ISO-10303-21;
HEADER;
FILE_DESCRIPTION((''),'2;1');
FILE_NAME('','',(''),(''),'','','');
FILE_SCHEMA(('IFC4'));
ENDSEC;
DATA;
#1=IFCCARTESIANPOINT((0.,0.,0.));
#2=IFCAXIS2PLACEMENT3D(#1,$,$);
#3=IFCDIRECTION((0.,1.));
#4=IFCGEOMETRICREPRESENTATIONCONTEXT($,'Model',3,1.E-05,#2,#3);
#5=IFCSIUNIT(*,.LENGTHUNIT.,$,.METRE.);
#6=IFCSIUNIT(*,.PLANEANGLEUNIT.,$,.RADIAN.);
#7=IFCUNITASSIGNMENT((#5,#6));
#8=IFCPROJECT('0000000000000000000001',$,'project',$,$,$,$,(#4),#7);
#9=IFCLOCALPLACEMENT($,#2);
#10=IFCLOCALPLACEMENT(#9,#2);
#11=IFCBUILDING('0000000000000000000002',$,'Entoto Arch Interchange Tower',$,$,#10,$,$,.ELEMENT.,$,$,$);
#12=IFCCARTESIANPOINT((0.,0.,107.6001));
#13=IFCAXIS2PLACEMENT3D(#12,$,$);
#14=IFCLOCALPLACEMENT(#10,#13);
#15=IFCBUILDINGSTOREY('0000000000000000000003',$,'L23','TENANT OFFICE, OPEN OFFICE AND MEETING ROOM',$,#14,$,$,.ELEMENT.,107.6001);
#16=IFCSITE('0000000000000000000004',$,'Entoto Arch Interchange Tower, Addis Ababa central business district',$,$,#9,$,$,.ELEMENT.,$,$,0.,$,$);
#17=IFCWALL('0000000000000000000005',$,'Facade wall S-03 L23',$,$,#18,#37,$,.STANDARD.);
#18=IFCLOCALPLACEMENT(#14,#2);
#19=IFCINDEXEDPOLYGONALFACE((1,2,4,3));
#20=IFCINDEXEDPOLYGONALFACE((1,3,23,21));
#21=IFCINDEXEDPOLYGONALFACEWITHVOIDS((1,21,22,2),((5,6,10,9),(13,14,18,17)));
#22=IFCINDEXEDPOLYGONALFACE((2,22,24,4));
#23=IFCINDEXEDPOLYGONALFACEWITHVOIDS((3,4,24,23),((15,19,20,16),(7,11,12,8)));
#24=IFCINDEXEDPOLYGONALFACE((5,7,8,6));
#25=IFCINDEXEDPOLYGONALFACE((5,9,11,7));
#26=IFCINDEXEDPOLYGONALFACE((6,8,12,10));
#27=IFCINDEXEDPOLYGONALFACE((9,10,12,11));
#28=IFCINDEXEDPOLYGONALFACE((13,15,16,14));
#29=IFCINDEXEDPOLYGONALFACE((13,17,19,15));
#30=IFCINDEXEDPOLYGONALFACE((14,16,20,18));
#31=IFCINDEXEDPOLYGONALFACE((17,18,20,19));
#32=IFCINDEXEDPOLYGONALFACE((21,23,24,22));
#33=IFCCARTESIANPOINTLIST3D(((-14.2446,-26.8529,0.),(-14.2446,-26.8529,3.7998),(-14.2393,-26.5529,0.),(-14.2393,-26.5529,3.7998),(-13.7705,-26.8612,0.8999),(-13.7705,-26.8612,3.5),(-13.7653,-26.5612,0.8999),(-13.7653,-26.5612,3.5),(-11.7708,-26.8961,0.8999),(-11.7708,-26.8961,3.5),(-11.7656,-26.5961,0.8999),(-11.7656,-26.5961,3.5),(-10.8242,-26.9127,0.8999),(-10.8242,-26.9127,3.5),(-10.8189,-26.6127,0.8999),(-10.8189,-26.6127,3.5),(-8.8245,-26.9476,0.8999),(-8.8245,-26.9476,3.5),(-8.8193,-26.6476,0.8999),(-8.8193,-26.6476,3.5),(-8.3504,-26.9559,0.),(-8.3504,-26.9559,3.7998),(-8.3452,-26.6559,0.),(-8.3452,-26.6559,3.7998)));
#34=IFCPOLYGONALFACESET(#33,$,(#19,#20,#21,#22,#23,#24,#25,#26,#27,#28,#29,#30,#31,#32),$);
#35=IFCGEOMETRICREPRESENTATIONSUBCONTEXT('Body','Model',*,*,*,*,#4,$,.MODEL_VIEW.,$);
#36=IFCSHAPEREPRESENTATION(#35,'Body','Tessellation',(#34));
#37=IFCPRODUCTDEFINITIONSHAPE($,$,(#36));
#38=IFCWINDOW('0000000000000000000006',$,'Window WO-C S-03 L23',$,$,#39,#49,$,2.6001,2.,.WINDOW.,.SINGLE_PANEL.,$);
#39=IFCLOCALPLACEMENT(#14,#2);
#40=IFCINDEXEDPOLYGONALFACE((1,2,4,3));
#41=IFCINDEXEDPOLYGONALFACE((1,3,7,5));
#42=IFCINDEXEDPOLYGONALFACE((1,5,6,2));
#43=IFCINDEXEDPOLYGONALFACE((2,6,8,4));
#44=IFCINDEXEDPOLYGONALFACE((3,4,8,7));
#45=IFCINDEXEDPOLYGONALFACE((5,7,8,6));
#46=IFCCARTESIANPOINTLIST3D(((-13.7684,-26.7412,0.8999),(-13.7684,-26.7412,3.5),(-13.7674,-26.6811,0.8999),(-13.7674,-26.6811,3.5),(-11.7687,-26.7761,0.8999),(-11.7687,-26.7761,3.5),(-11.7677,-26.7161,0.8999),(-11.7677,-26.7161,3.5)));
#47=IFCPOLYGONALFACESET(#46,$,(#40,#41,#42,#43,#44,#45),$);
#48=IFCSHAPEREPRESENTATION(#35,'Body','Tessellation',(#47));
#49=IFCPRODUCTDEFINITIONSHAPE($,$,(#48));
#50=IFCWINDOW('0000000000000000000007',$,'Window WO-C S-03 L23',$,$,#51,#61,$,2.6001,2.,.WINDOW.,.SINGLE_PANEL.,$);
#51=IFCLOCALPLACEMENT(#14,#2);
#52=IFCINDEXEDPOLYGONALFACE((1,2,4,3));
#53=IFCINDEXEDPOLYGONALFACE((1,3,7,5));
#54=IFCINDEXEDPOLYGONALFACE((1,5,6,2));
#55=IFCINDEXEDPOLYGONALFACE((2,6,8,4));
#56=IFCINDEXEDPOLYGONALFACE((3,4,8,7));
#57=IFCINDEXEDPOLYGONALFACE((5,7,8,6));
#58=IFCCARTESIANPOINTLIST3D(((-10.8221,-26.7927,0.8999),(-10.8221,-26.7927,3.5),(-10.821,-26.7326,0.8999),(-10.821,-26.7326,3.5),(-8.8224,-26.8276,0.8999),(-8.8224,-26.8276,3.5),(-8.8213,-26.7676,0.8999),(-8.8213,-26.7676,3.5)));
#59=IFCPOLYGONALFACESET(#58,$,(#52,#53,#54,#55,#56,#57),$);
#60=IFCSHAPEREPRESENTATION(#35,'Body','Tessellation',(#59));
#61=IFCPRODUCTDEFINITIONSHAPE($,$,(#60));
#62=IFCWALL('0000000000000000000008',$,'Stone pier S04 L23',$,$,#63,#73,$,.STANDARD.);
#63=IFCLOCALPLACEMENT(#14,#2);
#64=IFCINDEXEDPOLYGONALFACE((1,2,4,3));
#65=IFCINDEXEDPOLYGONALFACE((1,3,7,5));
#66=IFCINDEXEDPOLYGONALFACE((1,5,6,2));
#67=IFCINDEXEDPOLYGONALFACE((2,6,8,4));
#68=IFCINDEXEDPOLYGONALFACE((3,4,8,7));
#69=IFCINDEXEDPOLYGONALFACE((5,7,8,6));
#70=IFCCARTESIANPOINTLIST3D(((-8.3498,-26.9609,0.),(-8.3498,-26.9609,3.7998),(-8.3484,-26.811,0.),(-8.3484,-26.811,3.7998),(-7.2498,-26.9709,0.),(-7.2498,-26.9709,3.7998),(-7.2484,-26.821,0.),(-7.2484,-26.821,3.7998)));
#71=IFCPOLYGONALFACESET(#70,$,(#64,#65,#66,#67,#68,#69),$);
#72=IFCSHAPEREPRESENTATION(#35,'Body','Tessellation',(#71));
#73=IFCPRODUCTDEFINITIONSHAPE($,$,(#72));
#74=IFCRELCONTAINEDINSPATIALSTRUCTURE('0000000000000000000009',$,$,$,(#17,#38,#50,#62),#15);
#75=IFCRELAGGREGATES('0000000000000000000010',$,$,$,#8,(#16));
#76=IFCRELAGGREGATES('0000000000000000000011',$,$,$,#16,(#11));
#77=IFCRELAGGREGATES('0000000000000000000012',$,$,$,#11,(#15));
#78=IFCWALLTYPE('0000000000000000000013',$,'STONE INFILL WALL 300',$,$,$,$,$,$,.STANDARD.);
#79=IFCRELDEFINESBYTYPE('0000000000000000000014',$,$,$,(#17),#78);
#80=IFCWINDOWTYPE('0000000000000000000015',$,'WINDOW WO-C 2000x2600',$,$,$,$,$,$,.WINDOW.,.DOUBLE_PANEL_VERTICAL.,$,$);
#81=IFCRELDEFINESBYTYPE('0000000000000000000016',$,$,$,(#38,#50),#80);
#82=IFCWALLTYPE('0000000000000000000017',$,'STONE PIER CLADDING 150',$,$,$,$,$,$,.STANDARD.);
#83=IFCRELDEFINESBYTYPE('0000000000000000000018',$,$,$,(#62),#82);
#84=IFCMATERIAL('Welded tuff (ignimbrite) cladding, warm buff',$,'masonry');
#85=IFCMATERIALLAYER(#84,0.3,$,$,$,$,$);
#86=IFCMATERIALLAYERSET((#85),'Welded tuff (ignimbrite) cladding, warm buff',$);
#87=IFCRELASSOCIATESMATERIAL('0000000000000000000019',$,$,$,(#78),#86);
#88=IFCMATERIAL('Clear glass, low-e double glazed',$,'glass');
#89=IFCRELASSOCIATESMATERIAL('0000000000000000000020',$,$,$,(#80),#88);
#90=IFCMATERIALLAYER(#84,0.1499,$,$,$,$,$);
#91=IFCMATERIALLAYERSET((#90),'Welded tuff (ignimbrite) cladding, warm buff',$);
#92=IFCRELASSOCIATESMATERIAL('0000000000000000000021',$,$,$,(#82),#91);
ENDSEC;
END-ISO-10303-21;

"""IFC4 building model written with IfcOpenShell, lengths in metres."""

from ifc_helpers import new_model, si_unit, direction, frame, frame_2d, origin, place, context, subcontext, project, spatial, rectangle, extrude, material, layer, layer_set, type_object, element, fill, save


model = new_model("IFC4")

# Units and contexts
model_context = context("Model", 3, precision=1e-05, world=origin(), true_north=direction((0.0, 1.0)))
body_context = subcontext(model_context, "Body", "Model", "MODEL_VIEW")
ifc_project = project(units=[si_unit("LENGTHUNIT", "METRE"), si_unit("PLANEANGLEUNIT", "RADIAN")], contexts=[model_context])

# Site, building, storey
site_placement = place(None, origin())
site = spatial("IfcSite", under=ifc_project, at=site_placement, Name="Entoto Arch Interchange Tower, Addis Ababa central business district", CompositionType="ELEMENT", RefElevation=0.0)
building_placement = place(site_placement, origin())
building = spatial("IfcBuilding", under=site, at=building_placement, Name="Entoto Arch Interchange Tower", CompositionType="ELEMENT")
storey_placement = place(building_placement, frame((0.0, 0.0, 107.6001)))
storey = spatial("IfcBuildingStorey", under=building, at=storey_placement, Name="L23", Description="TENANT OFFICE, OPEN OFFICE AND MEETING ROOM", CompositionType="ELEMENT", Elevation=107.6001)

# Shared definitions
ifc_material_1 = material(Name="Clear glass, low-e double glazed", Category="glass")

# Wall, openings, windows
ifc_material_2 = material(Name="Welded tuff (ignimbrite) cladding, warm buff", Category="masonry")
ifc_layer_1 = layer(ifc_material_2, 0.3)
ifc_layer_set_1 = layer_set([ifc_layer_1], Name="Welded tuff (ignimbrite) cladding, warm buff")
wall_type_1 = type_object("IfcWallType", Name="STONE INFILL WALL 300", PredefinedType="STANDARD", material=ifc_layer_set_1)
wall_1_placement = place(storey_placement, frame((-14.2419, -26.7029, 0.0), z_axis=(0.0, 0.0, 1.0), x_axis=(0.999847, -0.017477, 0.0)))
wall_1 = element("IfcWall", 1, at=wall_1_placement, inside=storey, type_object=wall_type_1, Name="Facade wall S-03 L23", PredefinedType="STANDARD", context=body_context, shape_type="SweptSolid", body=[
    extrude(rectangle(XDim=5.895, YDim=0.3, at=frame_2d((2.9475, 0.0))), origin(), (0.0, 0.0, 1.0), 3.7998),
])
opening_1_placement = place(wall_1_placement, frame((0.4741, 0.0, 0.8999)))
opening_1 = element("IfcOpeningElement", 2, at=opening_1_placement, cuts=wall_1, PredefinedType="OPENING", context=body_context, shape_type="SweptSolid", body=[
    extrude(rectangle(XDim=2.0, YDim=2.6001, at=frame_2d((1.0, 1.3))), frame((0.0, 0.1602, 0.0), z_axis=(0.0, -1.0, 0.0), x_axis=(1.0, 0.0, 0.0)), (0.0, 0.0, 1.0), 0.3201),
])
opening_2_placement = place(wall_1_placement, frame((3.4209, 0.0, 0.8999)))
opening_2 = element("IfcOpeningElement", 3, at=opening_2_placement, cuts=wall_1, PredefinedType="OPENING", context=body_context, shape_type="SweptSolid", body=[
    extrude(rectangle(XDim=2.0, YDim=2.6001, at=frame_2d((1.0, 1.3))), frame((0.0, 0.1602, 0.0), z_axis=(0.0, -1.0, 0.0), x_axis=(1.0, 0.0, 0.0)), (0.0, 0.0, 1.0), 0.3201),
])
window_type = type_object("IfcWindowType", Name="WINDOW WO-C 2000x2600", PartitioningType="DOUBLE_PANEL_VERTICAL", PredefinedType="WINDOW", material=ifc_material_1)
window_1_placement = place(opening_1_placement, origin())
window_1 = element("IfcWindow", 4, at=window_1_placement, inside=storey, type_object=window_type, Name="Window WO-C S-03 L23", OverallHeight=2.6001, OverallWidth=2.0, PartitioningType="SINGLE_PANEL", PredefinedType="WINDOW", context=body_context, shape_type="SweptSolid", body=[
    extrude(rectangle(XDim=2.0, YDim=2.6001, at=frame_2d((1.0, 1.3))), frame((0.0, 0.03, 0.0), z_axis=(0.0, -1.0, 0.0), x_axis=(1.0, 0.0, 0.0)), (0.0, 0.0, 1.0), 0.0601),
])
fill(opening_1, window_1)
window_2_placement = place(opening_2_placement, origin())
window_2 = element("IfcWindow", 5, at=window_2_placement, inside=storey, type_object=window_type, Name="Window WO-C S-03 L23", OverallHeight=2.6001, OverallWidth=2.0, PartitioningType="SINGLE_PANEL", PredefinedType="WINDOW", context=body_context, shape_type="SweptSolid", body=[
    extrude(rectangle(XDim=2.0, YDim=2.6001, at=frame_2d((1.0, 1.3))), frame((0.0, 0.03, 0.0), z_axis=(0.0, -1.0, 0.0), x_axis=(1.0, 0.0, 0.0)), (0.0, 0.0, 1.0), 0.0601),
])
fill(opening_2, window_2)

# Wall
ifc_layer_2 = layer(ifc_material_2, 0.1499)
ifc_layer_set_2 = layer_set([ifc_layer_2], Name="Welded tuff (ignimbrite) cladding, warm buff")
wall_type_2 = type_object("IfcWallType", Name="STONE PIER CLADDING 150", PredefinedType="STANDARD", material=ifc_layer_set_2)
wall_2_placement = place(storey_placement, frame((-8.3491, -26.886, 0.0), z_axis=(0.0, 0.0, 1.0), x_axis=(0.999959, -0.009099, 0.0)))
element("IfcWall", 6, at=wall_2_placement, inside=storey, type_object=wall_type_2, Name="Stone pier S04 L23", PredefinedType="STANDARD", context=body_context, shape_type="SweptSolid", body=[
    extrude(rectangle(XDim=1.1001, YDim=0.1499, at=frame_2d((0.55, 0.0))), origin(), (0.0, 0.0, 1.0), 3.7998),
])

save(model, "model.ifc")
